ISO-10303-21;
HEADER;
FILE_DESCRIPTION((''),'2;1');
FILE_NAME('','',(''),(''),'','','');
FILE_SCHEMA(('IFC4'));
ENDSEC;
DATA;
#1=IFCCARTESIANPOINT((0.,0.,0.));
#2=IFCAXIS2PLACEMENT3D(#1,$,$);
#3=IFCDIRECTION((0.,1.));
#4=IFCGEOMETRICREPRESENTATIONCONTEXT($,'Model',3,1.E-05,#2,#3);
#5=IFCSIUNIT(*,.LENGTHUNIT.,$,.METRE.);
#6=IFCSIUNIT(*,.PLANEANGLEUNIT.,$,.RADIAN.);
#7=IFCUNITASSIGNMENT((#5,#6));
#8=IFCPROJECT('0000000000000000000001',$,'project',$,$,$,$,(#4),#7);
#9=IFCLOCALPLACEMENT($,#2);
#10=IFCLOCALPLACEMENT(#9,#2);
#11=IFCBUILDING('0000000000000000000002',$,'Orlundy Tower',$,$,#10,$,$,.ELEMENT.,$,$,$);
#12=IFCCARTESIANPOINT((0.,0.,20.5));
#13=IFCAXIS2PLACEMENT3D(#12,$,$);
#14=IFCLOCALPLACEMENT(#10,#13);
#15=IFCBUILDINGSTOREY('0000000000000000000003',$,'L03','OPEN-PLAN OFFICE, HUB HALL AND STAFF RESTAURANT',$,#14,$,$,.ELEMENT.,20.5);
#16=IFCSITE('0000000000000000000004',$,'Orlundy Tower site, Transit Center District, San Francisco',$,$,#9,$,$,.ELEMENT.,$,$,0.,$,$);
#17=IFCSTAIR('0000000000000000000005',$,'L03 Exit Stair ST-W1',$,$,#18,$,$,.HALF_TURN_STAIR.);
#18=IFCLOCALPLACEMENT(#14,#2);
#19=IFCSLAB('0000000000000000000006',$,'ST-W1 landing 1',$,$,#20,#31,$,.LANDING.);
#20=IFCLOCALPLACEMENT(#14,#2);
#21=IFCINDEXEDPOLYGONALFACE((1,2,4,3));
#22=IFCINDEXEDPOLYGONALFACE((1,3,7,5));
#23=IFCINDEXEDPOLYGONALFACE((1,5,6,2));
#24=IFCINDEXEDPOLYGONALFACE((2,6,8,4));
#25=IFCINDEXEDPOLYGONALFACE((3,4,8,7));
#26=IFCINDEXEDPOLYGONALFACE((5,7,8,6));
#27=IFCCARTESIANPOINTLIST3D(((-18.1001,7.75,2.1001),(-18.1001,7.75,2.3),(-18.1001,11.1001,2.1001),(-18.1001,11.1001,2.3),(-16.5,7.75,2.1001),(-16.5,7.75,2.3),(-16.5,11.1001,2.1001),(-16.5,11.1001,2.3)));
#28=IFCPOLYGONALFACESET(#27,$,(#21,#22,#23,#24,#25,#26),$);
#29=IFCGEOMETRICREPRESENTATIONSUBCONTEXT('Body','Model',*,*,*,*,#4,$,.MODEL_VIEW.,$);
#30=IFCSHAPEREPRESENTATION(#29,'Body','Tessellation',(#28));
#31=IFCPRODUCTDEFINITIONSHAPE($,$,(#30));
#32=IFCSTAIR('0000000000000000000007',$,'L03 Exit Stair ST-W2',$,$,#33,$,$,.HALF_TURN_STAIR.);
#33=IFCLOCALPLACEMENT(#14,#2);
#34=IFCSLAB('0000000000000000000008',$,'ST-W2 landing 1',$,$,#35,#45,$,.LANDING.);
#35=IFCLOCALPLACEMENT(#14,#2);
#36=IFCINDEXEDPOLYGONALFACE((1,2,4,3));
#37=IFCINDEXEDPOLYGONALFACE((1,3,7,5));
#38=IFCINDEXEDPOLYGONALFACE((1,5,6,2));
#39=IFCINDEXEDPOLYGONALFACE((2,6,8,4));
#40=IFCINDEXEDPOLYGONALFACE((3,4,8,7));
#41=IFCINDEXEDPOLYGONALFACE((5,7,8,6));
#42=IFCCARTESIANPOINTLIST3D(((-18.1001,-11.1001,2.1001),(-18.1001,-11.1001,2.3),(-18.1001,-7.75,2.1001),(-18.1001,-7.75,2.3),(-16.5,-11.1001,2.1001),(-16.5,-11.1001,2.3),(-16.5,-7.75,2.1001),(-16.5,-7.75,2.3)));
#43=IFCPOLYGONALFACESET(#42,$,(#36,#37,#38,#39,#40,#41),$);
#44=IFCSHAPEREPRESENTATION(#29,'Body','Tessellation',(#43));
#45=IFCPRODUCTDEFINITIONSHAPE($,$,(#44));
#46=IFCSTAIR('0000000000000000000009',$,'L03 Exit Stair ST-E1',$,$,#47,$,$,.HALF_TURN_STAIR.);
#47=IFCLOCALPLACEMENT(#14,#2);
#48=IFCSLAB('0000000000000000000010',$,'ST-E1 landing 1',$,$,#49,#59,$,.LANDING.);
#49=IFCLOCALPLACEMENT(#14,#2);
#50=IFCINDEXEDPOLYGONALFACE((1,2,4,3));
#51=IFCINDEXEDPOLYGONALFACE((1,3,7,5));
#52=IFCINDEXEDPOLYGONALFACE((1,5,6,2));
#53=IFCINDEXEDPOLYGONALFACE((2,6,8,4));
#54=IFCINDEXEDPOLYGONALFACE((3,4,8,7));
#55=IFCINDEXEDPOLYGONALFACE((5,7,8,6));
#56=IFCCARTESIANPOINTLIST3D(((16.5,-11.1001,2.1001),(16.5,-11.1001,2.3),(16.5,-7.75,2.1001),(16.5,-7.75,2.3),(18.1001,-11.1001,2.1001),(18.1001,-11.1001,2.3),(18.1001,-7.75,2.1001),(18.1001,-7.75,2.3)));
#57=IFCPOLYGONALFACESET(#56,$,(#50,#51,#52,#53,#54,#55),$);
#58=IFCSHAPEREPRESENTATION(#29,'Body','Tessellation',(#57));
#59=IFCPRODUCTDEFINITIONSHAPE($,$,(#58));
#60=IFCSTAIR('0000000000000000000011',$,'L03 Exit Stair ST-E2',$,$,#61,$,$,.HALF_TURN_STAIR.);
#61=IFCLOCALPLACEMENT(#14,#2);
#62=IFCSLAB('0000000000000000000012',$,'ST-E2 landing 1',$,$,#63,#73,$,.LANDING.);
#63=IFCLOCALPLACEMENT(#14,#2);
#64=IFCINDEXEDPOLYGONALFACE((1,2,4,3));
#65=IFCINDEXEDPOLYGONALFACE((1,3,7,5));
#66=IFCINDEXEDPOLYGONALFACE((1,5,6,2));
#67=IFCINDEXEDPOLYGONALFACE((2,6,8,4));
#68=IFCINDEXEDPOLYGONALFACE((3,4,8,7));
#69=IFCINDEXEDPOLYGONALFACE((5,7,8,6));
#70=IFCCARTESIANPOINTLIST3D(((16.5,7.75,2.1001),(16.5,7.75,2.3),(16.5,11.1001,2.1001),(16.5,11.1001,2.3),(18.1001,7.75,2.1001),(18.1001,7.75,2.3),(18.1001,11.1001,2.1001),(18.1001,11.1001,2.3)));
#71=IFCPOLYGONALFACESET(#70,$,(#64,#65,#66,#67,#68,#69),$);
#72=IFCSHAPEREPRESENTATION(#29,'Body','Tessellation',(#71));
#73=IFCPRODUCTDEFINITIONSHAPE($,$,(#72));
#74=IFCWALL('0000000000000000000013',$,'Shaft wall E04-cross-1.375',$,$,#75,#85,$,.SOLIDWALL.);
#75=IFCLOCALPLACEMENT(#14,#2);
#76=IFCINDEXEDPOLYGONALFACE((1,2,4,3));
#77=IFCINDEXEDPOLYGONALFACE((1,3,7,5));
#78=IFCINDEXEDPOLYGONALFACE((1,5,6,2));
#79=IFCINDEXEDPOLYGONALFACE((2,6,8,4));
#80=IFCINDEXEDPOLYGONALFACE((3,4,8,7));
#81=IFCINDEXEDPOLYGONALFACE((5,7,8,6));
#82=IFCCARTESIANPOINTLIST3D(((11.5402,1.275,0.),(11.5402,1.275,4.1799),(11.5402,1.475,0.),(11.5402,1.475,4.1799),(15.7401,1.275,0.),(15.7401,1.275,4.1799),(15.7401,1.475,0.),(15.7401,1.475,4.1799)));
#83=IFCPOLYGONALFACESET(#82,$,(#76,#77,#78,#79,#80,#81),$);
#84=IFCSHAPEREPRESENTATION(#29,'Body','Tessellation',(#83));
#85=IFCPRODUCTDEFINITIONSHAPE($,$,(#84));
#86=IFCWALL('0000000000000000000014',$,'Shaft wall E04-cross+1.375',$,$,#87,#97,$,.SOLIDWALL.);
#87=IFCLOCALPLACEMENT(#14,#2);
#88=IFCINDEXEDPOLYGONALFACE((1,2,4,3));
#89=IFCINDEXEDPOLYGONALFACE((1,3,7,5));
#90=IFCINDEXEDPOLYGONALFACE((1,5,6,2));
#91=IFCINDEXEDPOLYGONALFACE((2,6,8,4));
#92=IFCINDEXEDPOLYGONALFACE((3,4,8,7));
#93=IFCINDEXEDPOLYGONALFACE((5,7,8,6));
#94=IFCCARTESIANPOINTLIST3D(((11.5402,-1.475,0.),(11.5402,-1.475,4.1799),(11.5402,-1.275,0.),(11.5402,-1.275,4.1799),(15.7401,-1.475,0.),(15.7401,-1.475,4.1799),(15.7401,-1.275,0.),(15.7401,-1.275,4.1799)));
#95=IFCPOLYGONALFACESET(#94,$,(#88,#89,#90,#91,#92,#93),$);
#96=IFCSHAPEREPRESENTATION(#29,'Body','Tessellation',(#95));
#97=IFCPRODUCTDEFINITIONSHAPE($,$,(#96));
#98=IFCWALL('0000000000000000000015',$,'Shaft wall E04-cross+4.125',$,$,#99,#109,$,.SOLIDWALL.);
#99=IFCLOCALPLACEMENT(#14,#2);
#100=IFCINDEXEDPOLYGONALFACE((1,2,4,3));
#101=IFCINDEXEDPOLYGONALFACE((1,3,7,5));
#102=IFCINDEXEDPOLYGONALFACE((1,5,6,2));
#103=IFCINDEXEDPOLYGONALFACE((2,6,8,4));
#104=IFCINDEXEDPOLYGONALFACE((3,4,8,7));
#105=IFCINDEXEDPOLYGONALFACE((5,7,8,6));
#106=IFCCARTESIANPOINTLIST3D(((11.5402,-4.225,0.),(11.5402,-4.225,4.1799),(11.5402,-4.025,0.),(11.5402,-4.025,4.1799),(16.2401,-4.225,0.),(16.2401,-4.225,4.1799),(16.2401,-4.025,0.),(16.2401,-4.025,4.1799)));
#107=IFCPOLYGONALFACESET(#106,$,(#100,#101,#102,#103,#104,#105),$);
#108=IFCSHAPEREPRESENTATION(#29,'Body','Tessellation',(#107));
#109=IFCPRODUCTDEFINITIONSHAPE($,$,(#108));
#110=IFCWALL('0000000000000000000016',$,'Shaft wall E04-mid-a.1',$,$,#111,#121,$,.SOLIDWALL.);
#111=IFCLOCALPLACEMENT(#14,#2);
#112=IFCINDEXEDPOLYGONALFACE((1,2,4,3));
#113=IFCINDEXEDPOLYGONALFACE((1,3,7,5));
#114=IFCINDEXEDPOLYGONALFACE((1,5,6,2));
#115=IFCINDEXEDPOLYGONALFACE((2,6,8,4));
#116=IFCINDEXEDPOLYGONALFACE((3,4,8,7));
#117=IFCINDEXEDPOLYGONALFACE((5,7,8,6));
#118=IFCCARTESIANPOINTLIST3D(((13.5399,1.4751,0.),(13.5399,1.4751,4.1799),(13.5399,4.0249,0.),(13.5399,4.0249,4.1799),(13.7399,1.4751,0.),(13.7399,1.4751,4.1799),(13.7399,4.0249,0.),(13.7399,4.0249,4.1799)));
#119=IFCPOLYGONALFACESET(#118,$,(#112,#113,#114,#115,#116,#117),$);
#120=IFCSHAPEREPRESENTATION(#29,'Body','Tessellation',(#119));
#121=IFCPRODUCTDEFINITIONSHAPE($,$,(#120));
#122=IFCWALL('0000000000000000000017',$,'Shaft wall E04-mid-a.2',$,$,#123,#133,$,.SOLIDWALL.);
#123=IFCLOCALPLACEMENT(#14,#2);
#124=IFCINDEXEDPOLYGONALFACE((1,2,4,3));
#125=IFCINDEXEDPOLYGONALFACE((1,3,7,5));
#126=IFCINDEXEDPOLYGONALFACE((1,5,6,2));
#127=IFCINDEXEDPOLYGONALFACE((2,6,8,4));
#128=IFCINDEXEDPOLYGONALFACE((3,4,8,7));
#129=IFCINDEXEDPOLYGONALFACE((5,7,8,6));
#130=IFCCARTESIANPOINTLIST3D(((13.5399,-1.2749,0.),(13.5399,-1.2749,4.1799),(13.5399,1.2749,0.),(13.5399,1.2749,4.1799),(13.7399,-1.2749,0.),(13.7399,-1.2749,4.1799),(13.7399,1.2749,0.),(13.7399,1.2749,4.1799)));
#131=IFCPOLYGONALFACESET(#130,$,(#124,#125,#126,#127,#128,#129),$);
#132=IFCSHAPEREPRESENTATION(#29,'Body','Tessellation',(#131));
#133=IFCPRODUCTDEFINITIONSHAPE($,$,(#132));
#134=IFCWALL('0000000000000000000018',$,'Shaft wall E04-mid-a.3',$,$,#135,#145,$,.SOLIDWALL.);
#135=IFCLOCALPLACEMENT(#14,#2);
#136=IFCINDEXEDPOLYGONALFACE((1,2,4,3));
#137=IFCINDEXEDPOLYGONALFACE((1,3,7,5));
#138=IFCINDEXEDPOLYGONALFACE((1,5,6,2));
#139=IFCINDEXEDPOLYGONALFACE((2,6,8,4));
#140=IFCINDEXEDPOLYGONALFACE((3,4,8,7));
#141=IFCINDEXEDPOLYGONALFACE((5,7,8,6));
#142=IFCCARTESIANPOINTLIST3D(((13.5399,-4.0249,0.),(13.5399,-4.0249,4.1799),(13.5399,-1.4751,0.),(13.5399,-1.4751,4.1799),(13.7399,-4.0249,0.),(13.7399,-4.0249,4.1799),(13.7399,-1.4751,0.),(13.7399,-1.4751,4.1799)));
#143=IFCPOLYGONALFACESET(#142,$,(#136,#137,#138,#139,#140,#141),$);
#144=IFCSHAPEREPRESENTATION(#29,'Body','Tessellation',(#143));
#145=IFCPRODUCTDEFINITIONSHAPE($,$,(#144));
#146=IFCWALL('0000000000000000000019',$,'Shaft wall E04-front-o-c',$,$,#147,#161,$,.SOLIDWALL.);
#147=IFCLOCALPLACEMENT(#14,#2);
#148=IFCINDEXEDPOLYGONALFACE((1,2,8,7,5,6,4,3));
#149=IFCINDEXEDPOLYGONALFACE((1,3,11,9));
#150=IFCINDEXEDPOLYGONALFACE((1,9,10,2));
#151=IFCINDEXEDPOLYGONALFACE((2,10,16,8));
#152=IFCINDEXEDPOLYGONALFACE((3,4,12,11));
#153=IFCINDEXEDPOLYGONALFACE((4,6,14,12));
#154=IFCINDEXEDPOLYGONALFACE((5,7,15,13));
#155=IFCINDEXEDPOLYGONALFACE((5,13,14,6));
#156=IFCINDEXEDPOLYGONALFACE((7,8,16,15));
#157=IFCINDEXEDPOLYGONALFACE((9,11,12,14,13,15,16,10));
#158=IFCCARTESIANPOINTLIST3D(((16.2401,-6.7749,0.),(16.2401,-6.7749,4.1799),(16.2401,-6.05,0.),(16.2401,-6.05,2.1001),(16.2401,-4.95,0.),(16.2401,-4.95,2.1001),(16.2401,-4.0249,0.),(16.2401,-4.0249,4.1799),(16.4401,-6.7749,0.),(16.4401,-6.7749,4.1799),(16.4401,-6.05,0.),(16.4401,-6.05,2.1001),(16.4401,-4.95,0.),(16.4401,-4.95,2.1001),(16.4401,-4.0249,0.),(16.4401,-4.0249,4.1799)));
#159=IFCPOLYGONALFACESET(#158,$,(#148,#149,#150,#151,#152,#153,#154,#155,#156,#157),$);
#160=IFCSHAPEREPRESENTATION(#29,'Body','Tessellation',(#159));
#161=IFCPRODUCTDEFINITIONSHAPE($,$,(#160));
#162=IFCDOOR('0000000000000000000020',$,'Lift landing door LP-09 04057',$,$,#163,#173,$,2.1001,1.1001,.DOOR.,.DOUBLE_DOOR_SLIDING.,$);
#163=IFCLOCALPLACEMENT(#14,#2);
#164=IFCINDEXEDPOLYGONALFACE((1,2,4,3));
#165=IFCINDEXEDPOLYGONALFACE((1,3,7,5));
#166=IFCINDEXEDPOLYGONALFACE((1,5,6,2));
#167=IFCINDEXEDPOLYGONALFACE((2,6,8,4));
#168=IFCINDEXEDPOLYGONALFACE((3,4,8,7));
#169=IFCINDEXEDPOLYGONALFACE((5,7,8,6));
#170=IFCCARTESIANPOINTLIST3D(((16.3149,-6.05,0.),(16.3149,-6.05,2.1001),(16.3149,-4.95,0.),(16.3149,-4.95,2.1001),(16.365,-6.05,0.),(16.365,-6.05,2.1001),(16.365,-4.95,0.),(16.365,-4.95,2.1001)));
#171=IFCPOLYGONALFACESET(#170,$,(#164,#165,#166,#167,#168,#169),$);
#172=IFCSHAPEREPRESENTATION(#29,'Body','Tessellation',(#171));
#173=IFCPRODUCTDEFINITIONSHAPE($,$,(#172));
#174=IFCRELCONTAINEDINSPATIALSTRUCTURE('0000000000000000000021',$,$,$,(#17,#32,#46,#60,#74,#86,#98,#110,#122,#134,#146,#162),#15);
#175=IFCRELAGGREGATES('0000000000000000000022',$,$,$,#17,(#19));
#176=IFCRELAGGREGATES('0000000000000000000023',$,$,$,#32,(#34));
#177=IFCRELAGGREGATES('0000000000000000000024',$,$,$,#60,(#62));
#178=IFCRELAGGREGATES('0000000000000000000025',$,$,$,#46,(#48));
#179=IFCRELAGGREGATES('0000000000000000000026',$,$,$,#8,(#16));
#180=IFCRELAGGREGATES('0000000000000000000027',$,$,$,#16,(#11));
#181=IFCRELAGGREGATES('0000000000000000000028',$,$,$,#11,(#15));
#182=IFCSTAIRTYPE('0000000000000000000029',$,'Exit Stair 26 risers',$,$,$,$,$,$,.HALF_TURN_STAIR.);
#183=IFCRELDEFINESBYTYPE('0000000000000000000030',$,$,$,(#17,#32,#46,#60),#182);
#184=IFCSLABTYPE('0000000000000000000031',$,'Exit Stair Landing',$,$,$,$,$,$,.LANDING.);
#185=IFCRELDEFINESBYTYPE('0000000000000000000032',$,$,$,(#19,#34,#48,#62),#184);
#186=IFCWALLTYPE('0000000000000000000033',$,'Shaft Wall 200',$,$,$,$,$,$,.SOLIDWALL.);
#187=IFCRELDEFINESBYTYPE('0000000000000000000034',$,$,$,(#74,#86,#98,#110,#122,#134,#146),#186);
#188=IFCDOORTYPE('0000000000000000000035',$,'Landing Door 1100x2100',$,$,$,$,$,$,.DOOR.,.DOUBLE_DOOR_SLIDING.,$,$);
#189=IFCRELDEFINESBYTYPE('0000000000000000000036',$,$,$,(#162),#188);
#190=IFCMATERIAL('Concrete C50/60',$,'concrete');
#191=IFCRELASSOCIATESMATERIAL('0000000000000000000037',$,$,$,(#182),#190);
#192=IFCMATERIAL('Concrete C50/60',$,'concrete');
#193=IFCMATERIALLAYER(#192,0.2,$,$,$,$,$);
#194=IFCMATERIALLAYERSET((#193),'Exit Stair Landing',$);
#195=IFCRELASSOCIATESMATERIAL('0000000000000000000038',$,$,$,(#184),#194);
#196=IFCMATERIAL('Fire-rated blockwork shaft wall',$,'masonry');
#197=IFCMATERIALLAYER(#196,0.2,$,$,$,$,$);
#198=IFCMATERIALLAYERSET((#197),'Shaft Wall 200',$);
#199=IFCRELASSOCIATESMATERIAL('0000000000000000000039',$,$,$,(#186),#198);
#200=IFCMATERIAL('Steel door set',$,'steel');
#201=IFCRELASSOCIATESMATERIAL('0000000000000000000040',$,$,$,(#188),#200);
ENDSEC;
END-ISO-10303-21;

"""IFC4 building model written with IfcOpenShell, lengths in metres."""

from ifc_helpers import new_model, si_unit, direction, frame, frame_2d, origin, place, context, subcontext, project, spatial, polyline, rectangle, outline, extrude, material, layer, layer_set, type_object, element, fill, aggregate, save


model = new_model("IFC4")

# Units and contexts
model_context = context("Model", 3, precision=1e-05, world=origin(), true_north=direction((0.0, 1.0)))
body_context = subcontext(model_context, "Body", "Model", "MODEL_VIEW")
ifc_project = project(units=[si_unit("LENGTHUNIT", "METRE"), si_unit("PLANEANGLEUNIT", "RADIAN")], contexts=[model_context])

# Site, building, storey
site_placement = place(None, origin())
site = spatial("IfcSite", under=ifc_project, at=site_placement, Name="Orlundy Tower site, Transit Center District, San Francisco", CompositionType="ELEMENT", RefElevation=0.0)
building_placement = place(site_placement, origin())
building = spatial("IfcBuilding", under=site, at=building_placement, Name="Orlundy Tower", CompositionType="ELEMENT")
storey_placement = place(building_placement, frame((0.0, 0.0, 20.5)))
storey = spatial("IfcBuildingStorey", under=building, at=storey_placement, Name="L03", Description="OPEN-PLAN OFFICE, HUB HALL AND STAFF RESTAURANT", CompositionType="ELEMENT", Elevation=20.5)

# Stairs, slabs
ifc_material_1 = material(Name="Concrete C50/60", Category="concrete")
stair_type = type_object("IfcStairType", Name="Exit Stair 26 risers", PredefinedType="HALF_TURN_STAIR", material=ifc_material_1)
stair_1_placement = place(storey_placement, origin())
stair_1 = element("IfcStair", 1, at=stair_1_placement, inside=storey, type_object=stair_type, Name="L03 Exit Stair ST-W1", PredefinedType="HALF_TURN_STAIR")
ifc_material_2 = material(Name="Concrete C50/60", Category="concrete")
ifc_layer_1 = layer(ifc_material_2, 0.2)
ifc_layer_set_1 = layer_set([ifc_layer_1], Name="Exit Stair Landing")
slab_type = type_object("IfcSlabType", Name="Exit Stair Landing", PredefinedType="LANDING", material=ifc_layer_set_1)
slab_1_placement = place(storey_placement, frame((0.0, 0.0, 2.1001)))
slab_1 = element("IfcSlab", 2, at=slab_1_placement, type_object=slab_type, Name="ST-W1 landing 1", PredefinedType="LANDING", context=body_context, shape_type="SweptSolid", body=[
    extrude(outline(polyline([(-16.5, 11.1001), (-18.1001, 11.1001), (-18.1001, 7.75), (-16.5, 7.75), (-16.5, 11.1001)])), origin(), (0.0, 0.0, 1.0), 0.2),
])
aggregate(stair_1, [slab_1])
stair_2_placement = place(storey_placement, origin())
stair_2 = element("IfcStair", 3, at=stair_2_placement, inside=storey, type_object=stair_type, Name="L03 Exit Stair ST-W2", PredefinedType="HALF_TURN_STAIR")
slab_2_placement = place(storey_placement, frame((0.0, 0.0, 2.1001)))
slab_2 = element("IfcSlab", 4, at=slab_2_placement, type_object=slab_type, Name="ST-W2 landing 1", PredefinedType="LANDING", context=body_context, shape_type="SweptSolid", body=[
    extrude(outline(polyline([(-16.5, -7.75), (-18.1001, -7.75), (-18.1001, -11.1001), (-16.5, -11.1001), (-16.5, -7.75)])), origin(), (0.0, 0.0, 1.0), 0.2),
])
aggregate(stair_2, [slab_2])
stair_3_placement = place(storey_placement, origin())
stair_3 = element("IfcStair", 5, at=stair_3_placement, inside=storey, type_object=stair_type, Name="L03 Exit Stair ST-E1", PredefinedType="HALF_TURN_STAIR")
slab_3_placement = place(storey_placement, frame((0.0, 0.0, 2.1001)))
slab_3 = element("IfcSlab", 6, at=slab_3_placement, type_object=slab_type, Name="ST-E1 landing 1", PredefinedType="LANDING", context=body_context, shape_type="SweptSolid", body=[
    extrude(outline(polyline([(16.5, -11.1001), (18.1001, -11.1001), (18.1001, -7.75), (16.5, -7.75), (16.5, -11.1001)])), origin(), (0.0, 0.0, 1.0), 0.2),
])
stair_4_placement = place(storey_placement, origin())
stair_4 = element("IfcStair", 7, at=stair_4_placement, inside=storey, type_object=stair_type, Name="L03 Exit Stair ST-E2", PredefinedType="HALF_TURN_STAIR")
slab_4_placement = place(storey_placement, frame((0.0, 0.0, 2.1001)))
slab_4 = element("IfcSlab", 8, at=slab_4_placement, type_object=slab_type, Name="ST-E2 landing 1", PredefinedType="LANDING", context=body_context, shape_type="SweptSolid", body=[
    extrude(outline(polyline([(16.5, 7.75), (18.1001, 7.75), (18.1001, 11.1001), (16.5, 11.1001), (16.5, 7.75)])), origin(), (0.0, 0.0, 1.0), 0.2),
])
aggregate(stair_4, [slab_4])

# Walls
ifc_material_3 = material(Name="Fire-rated blockwork shaft wall", Category="masonry")
ifc_layer_2 = layer(ifc_material_3, 0.2)
ifc_layer_set_2 = layer_set([ifc_layer_2], Name="Shaft Wall 200")
wall_type = type_object("IfcWallType", Name="Shaft Wall 200", PredefinedType="SOLIDWALL", material=ifc_layer_set_2)
for number, where, z_axis, x_axis, name in (
    (9, (11.54, 1.375, 0.0), (0.0, 0.0, 1.0), (1.0, 0.0, 0.0), "Shaft wall E04-cross-1.375"),
    (10, (11.54, -1.375, 0.0), (0.0, 0.0, 1.0), (1.0, 0.0, 0.0), "Shaft wall E04-cross+1.375"),
):
    element("IfcWall", number, at=place(storey_placement, frame(where, z_axis=z_axis, x_axis=x_axis)), inside=storey, type_object=wall_type, Name=name, PredefinedType="SOLIDWALL", context=body_context, shape_type="SweptSolid", body=[
        extrude(rectangle(XDim=4.2, YDim=0.2, at=frame_2d((2.1001, 0.0))), origin(), (0.0, 0.0, 1.0), 4.1799),
    ])
wall_1_placement = place(storey_placement, frame((11.54, -4.125, 0.0), z_axis=(0.0, 0.0, 1.0), x_axis=(1.0, 0.0, 0.0)))
element("IfcWall", 11, at=wall_1_placement, inside=storey, type_object=wall_type, Name="Shaft wall E04-cross+4.125", PredefinedType="SOLIDWALL", context=body_context, shape_type="SweptSolid", body=[
    extrude(rectangle(XDim=4.7, YDim=0.2, at=frame_2d((2.3501, 0.0))), origin(), (0.0, 0.0, 1.0), 4.1799),
])
for number, where, z_axis, x_axis, name in (
    (12, (13.6399, 4.0249, 0.0), (0.0, 0.0, 1.0), (0.0, -1.0, 0.0), "Shaft wall E04-mid-a.1"),
    (13, (13.6399, 1.2749, 0.0), (0.0, 0.0, 1.0), (0.0, -1.0, 0.0), "Shaft wall E04-mid-a.2"),
    (14, (13.6399, -1.4751, 0.0), (0.0, 0.0, 1.0), (0.0, -1.0, 0.0), "Shaft wall E04-mid-a.3"),
):
    element("IfcWall", number, at=place(storey_placement, frame(where, z_axis=z_axis, x_axis=x_axis)), inside=storey, type_object=wall_type, Name=name, PredefinedType="SOLIDWALL", context=body_context, shape_type="SweptSolid", body=[
        extrude(rectangle(XDim=2.5498, YDim=0.2, at=frame_2d((1.2749, 0.0))), origin(), (0.0, 0.0, 1.0), 4.1799),
    ])

# Wall, opening, door
wall_2_placement = place(storey_placement, frame((16.3401, -4.0249, 0.0), z_axis=(0.0, 0.0, 1.0), x_axis=(0.0, -1.0, 0.0)))
wall_2 = element("IfcWall", 15, at=wall_2_placement, inside=storey, type_object=wall_type, Name="Shaft wall E04-front-o-c", PredefinedType="SOLIDWALL", context=body_context, shape_type="SweptSolid", body=[
    extrude(rectangle(XDim=2.75, YDim=0.2, at=frame_2d((1.375, 0.0))), origin(), (0.0, 0.0, 1.0), 4.1799),
])
opening_placement = place(wall_2_placement, frame((0.925, 0.0, 0.0)))
opening = element("IfcOpeningElement", 16, at=opening_placement, cuts=wall_2, PredefinedType="OPENING", context=body_context, shape_type="SweptSolid", body=[
    extrude(rectangle(XDim=1.1001, YDim=2.1001, at=frame_2d((0.55, 1.05))), frame((0.0, 0.1101, 0.0), z_axis=(0.0, -1.0, 0.0), x_axis=(1.0, 0.0, 0.0)), (0.0, 0.0, 1.0), 0.2202),
])
ifc_material_4 = material(Name="Steel door set", Category="steel")
door_type = type_object("IfcDoorType", Name="Landing Door 1100x2100", OperationType="DOUBLE_DOOR_SLIDING", PredefinedType="DOOR", material=ifc_material_4)
door_placement = place(opening_placement, origin())
door = element("IfcDoor", 17, at=door_placement, inside=storey, type_object=door_type, Name="Lift landing door LP-09 04057", OperationType="DOUBLE_DOOR_SLIDING", OverallHeight=2.1001, OverallWidth=1.1001, PredefinedType="DOOR", context=body_context, shape_type="SweptSolid", body=[
    extrude(rectangle(XDim=1.1001, YDim=2.1001, at=frame_2d((0.55, 1.05))), frame((0.0, 0.0249, 0.0), z_axis=(0.0, -1.0, 0.0), x_axis=(1.0, 0.0, 0.0)), (0.0, 0.0, 1.0), 0.05),
])
fill(opening, door)

aggregate(stair_3, [slab_3])

save(model, "model.ifc")
